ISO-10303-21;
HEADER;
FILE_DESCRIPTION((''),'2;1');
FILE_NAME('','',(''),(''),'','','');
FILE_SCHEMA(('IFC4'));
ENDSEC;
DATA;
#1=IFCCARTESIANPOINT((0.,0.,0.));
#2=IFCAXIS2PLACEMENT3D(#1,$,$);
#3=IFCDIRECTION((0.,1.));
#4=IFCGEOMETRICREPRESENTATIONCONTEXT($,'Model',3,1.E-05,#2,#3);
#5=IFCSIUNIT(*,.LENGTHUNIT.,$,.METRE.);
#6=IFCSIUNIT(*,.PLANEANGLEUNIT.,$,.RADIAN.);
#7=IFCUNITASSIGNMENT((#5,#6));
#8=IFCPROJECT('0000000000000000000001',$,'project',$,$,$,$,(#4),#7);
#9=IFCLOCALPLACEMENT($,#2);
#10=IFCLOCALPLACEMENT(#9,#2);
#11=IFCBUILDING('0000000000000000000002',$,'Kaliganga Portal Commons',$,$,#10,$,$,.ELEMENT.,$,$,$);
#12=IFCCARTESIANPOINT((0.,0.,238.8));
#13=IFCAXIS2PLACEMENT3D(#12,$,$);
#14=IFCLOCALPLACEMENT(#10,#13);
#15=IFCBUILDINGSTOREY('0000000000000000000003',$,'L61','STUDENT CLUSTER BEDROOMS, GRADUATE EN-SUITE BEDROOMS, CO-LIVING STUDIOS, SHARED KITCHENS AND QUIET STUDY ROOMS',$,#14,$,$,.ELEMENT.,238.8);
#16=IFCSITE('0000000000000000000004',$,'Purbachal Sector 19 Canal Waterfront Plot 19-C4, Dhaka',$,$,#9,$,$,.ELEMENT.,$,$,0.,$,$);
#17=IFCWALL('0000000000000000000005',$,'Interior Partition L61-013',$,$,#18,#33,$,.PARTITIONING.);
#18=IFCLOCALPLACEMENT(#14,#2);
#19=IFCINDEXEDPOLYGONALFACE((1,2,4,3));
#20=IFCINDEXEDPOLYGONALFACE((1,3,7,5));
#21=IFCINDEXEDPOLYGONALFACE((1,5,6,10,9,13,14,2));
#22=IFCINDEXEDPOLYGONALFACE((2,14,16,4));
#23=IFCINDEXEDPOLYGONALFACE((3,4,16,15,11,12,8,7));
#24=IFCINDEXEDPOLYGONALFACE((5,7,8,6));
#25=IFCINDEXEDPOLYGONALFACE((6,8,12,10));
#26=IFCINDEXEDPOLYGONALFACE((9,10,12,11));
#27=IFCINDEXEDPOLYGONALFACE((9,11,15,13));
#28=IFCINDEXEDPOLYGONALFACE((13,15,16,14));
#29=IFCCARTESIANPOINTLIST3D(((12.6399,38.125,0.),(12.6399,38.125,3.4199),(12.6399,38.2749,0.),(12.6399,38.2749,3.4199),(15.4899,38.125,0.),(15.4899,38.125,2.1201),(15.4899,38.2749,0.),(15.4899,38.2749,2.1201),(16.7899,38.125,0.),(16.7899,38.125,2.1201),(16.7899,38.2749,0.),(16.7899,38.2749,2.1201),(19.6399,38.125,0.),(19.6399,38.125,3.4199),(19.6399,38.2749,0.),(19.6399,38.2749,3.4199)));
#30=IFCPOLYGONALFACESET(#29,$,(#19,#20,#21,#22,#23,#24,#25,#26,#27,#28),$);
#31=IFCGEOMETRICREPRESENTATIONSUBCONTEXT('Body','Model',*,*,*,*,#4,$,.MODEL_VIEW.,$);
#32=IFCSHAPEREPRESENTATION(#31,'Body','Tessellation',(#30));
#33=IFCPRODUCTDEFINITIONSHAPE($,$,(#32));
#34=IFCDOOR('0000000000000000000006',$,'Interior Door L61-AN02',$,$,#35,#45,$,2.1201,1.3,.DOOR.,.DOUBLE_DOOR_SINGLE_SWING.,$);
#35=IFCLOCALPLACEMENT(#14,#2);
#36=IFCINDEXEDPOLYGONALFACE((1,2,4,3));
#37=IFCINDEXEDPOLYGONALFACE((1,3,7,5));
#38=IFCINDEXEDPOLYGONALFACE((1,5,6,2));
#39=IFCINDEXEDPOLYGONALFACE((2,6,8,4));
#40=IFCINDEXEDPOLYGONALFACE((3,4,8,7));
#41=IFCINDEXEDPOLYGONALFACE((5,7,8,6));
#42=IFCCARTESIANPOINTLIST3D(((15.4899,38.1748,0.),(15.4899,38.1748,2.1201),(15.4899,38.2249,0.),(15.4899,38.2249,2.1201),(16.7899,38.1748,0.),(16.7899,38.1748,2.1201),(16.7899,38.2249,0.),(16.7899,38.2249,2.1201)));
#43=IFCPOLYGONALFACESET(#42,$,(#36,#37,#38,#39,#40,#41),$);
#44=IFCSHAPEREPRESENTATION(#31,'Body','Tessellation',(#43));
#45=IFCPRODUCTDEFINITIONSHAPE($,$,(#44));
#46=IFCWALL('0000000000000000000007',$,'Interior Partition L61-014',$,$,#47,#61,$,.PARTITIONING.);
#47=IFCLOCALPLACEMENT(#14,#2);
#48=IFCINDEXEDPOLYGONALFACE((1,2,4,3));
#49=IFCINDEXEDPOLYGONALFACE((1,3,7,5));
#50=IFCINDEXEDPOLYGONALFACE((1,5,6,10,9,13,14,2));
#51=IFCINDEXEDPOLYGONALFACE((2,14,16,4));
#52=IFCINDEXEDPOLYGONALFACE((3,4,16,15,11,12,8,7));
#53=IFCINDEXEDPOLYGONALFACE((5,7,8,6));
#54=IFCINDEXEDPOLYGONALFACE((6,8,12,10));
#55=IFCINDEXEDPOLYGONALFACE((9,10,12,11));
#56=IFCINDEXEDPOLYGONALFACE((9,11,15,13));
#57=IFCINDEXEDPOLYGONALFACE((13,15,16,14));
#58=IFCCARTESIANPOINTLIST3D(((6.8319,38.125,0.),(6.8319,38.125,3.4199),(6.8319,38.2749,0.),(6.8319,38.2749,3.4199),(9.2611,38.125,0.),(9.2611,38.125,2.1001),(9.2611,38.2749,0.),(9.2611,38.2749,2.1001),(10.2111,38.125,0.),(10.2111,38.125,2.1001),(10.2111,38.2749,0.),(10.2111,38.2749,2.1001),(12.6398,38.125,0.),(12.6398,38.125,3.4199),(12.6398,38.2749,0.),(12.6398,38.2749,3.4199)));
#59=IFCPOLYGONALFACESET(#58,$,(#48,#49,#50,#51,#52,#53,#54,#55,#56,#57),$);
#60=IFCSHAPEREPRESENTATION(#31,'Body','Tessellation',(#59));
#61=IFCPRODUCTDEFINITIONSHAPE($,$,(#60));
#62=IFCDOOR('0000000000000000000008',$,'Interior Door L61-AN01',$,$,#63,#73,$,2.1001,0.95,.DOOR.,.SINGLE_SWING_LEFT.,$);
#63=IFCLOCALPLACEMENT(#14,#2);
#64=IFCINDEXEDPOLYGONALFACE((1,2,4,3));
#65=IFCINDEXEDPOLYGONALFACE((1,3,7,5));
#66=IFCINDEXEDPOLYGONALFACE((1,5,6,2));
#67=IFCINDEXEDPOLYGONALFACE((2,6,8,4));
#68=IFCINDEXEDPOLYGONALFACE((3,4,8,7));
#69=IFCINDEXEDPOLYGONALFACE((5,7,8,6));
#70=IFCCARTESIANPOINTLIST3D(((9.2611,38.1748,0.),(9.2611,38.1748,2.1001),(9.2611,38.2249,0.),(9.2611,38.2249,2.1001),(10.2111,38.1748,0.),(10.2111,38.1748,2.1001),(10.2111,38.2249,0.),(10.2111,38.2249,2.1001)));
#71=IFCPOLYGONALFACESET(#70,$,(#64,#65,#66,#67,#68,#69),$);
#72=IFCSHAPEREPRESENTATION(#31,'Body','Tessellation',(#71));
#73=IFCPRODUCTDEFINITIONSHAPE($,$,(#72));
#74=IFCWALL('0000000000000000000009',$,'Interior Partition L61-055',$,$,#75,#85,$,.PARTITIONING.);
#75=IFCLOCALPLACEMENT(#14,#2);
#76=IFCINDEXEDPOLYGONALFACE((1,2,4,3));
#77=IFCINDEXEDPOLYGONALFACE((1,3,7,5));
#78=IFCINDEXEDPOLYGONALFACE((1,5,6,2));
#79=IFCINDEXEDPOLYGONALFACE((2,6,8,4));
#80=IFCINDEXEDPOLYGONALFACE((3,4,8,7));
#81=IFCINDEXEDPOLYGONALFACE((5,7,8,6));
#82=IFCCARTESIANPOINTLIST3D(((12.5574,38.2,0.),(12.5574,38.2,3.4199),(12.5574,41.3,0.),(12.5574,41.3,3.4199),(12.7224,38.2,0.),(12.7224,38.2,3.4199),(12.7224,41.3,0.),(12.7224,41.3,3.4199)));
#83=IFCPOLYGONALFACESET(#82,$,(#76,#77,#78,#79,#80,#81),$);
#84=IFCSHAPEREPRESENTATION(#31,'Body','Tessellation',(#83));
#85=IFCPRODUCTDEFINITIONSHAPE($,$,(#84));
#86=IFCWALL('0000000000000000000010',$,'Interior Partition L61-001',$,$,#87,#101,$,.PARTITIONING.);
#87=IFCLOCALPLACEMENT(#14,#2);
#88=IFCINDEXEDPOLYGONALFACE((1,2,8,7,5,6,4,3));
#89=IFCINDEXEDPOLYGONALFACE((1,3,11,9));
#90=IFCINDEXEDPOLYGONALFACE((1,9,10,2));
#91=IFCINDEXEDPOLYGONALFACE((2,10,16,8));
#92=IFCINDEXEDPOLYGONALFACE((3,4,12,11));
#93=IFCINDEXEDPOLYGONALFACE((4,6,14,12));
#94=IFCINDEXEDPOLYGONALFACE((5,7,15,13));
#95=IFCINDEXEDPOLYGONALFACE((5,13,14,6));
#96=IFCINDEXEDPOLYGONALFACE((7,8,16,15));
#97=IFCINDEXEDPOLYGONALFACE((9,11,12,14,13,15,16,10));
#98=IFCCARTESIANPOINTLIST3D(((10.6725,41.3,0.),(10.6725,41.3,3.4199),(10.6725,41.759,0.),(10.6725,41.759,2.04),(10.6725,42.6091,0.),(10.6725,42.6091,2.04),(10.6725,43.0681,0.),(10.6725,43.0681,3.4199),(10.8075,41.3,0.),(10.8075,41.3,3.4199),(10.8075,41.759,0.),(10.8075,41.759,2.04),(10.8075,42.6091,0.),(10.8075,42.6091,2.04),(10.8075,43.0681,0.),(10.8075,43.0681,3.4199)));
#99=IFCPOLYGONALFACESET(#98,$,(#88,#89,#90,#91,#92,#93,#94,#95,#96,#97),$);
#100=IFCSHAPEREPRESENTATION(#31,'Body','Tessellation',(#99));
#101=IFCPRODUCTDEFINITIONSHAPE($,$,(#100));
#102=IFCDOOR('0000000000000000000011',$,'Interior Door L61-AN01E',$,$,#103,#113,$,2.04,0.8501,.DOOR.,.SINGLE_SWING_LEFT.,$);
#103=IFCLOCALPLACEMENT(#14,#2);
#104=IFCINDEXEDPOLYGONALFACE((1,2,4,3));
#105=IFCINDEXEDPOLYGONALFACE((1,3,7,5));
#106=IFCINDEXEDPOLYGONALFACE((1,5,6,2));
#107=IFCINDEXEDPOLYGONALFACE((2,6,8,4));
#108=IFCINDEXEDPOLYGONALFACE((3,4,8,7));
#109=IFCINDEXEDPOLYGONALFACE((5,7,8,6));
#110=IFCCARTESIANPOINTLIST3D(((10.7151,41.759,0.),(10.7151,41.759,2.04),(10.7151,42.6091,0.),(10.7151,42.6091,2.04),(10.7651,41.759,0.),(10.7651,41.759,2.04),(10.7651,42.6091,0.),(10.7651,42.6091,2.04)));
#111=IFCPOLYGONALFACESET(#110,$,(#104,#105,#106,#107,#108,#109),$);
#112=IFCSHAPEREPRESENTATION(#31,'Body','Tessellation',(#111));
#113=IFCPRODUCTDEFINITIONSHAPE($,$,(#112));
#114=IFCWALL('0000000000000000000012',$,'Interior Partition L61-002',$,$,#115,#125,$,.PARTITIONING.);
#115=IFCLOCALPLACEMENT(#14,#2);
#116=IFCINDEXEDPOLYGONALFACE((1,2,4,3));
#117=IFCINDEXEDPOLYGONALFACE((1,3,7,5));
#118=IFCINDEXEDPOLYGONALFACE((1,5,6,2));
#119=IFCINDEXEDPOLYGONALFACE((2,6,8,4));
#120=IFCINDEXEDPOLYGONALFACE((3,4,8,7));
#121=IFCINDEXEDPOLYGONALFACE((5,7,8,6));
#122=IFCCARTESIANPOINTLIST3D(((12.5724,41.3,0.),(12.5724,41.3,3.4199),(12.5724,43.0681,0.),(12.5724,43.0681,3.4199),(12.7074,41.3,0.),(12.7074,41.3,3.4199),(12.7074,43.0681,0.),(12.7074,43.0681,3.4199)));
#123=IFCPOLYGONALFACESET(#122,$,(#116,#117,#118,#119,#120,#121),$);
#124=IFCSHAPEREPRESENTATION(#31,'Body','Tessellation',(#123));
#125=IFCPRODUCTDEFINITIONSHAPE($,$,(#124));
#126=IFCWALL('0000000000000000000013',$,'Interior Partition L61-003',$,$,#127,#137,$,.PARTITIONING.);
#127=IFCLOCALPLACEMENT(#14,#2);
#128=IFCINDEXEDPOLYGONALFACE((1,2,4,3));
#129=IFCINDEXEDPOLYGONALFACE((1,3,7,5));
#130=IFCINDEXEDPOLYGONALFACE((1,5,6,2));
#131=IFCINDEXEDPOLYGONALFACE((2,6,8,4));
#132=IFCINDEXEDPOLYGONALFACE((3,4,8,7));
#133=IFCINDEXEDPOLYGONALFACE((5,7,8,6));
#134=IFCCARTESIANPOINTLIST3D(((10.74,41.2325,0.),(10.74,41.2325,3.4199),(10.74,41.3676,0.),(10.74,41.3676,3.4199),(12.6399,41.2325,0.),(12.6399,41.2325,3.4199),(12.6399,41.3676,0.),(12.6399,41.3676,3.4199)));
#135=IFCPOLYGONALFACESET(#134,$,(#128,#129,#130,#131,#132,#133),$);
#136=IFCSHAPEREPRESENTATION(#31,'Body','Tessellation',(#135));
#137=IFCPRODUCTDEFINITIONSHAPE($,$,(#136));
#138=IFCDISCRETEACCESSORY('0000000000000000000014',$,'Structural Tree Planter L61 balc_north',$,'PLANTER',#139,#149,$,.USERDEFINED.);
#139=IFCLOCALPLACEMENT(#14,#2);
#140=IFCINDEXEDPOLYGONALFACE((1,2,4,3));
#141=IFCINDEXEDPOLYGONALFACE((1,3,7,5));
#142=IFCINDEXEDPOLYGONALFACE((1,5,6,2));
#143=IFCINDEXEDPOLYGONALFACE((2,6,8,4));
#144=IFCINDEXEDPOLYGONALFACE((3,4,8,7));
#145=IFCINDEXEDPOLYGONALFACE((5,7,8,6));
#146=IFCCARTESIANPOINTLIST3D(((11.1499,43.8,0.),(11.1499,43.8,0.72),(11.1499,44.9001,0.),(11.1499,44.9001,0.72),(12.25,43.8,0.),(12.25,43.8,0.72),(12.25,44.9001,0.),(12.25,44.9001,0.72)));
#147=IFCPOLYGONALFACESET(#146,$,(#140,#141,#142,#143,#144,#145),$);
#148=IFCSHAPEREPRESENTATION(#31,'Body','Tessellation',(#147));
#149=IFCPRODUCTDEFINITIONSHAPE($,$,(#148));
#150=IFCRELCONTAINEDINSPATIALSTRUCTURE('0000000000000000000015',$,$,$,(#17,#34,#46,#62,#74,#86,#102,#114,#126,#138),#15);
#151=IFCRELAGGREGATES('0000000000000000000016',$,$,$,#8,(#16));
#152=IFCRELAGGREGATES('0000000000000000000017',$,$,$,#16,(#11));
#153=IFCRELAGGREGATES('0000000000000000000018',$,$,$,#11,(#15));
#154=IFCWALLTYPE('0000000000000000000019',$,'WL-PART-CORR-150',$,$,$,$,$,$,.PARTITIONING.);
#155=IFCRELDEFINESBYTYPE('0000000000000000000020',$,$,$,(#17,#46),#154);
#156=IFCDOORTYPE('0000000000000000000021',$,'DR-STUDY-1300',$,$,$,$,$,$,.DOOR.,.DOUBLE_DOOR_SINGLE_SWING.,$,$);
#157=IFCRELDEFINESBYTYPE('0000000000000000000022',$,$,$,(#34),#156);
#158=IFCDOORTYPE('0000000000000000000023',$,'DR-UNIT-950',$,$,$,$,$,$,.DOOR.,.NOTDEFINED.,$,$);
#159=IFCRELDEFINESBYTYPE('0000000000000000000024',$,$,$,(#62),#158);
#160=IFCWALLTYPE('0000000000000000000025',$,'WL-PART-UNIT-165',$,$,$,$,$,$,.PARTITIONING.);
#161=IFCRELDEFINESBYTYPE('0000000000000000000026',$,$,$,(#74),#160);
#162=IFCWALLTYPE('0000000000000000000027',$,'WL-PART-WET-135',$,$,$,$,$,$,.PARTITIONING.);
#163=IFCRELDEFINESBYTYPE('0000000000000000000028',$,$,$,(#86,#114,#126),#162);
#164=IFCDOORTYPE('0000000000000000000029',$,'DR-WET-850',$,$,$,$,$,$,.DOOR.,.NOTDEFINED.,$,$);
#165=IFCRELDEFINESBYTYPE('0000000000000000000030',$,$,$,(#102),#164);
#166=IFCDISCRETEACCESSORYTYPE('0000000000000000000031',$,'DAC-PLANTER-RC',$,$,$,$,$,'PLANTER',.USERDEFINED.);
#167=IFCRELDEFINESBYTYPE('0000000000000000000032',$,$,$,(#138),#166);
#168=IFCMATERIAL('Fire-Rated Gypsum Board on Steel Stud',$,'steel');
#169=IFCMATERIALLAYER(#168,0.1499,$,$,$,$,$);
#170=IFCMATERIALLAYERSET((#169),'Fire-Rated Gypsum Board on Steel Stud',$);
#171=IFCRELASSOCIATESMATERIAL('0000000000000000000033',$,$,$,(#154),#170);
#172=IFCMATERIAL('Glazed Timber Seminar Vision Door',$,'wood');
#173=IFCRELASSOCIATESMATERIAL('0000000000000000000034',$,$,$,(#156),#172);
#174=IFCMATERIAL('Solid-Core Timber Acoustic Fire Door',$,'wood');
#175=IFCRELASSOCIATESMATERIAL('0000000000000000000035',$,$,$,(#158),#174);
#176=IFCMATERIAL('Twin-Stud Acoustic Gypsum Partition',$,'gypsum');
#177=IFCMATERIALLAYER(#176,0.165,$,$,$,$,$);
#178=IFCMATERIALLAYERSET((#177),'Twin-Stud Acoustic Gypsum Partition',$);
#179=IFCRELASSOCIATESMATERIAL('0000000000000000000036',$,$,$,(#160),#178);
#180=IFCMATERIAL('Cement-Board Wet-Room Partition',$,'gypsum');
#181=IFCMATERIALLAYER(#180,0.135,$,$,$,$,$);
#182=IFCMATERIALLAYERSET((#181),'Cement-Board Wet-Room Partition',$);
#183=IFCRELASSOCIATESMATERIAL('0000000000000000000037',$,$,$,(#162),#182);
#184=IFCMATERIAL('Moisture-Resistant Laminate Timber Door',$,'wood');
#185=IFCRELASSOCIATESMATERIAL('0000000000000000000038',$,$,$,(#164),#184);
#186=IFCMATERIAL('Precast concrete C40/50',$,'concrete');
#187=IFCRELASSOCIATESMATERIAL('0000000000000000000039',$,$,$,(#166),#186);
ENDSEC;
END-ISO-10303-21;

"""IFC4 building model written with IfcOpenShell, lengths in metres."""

from ifc_helpers import new_model, si_unit, direction, frame, frame_2d, origin, origin_2d, place, context, subcontext, project, spatial, rectangle, extrude, source, transform, mapped, material, layer, layer_set, type_object, element, fill, save


model = new_model("IFC4")

# Units and contexts
model_context = context("Model", 3, precision=1e-05, world=origin(), true_north=direction((0.0, 1.0)))
body_context = subcontext(model_context, "Body", "Model", "MODEL_VIEW")
ifc_project = project(units=[si_unit("LENGTHUNIT", "METRE"), si_unit("PLANEANGLEUNIT", "RADIAN")], contexts=[model_context])

# Site, building, storey
site_placement = place(None, origin())
site = spatial("IfcSite", under=ifc_project, at=site_placement, Name="Purbachal Sector 19 Canal Waterfront Plot 19-C4, Dhaka", CompositionType="ELEMENT", RefElevation=0.0)
building_placement = place(site_placement, origin())
building = spatial("IfcBuilding", under=site, at=building_placement, Name="Kaliganga Portal Commons", CompositionType="ELEMENT")
storey_placement = place(building_placement, frame((0.0, 0.0, 238.8)))
storey = spatial("IfcBuildingStorey", under=building, at=storey_placement, Name="L61", Description="STUDENT CLUSTER BEDROOMS, GRADUATE EN-SUITE BEDROOMS, CO-LIVING STUDIOS, SHARED KITCHENS AND QUIET STUDY ROOMS", CompositionType="ELEMENT", Elevation=238.8)

# Walls, openings, doors
ifc_material_1 = material(Name="Fire-Rated Gypsum Board on Steel Stud", Category="steel")
ifc_layer_1 = layer(ifc_material_1, 0.1499)
ifc_layer_set_1 = layer_set([ifc_layer_1], Name="Fire-Rated Gypsum Board on Steel Stud")
wall_type_1 = type_object("IfcWallType", Name="WL-PART-CORR-150", PredefinedType="PARTITIONING", material=ifc_layer_set_1)
wall_1_placement = place(storey_placement, frame((12.6399, 38.2, 0.0), z_axis=(0.0, 0.0, 1.0), x_axis=(1.0, 0.0, 0.0)))
wall_1 = element("IfcWall", 1, at=wall_1_placement, inside=storey, type_object=wall_type_1, Name="Interior Partition L61-013", PredefinedType="PARTITIONING", context=body_context, shape_type="SweptSolid", body=[
    extrude(rectangle(XDim=7.0, YDim=0.1499, at=frame_2d((3.5, 0.0))), origin(), (0.0, 0.0, 1.0), 3.4199),
])
opening_1_placement = place(wall_1_placement, frame((2.8501, 0.0, 0.0)))
opening_1 = element("IfcOpeningElement", 2, at=opening_1_placement, cuts=wall_1, PredefinedType="OPENING", context=body_context, shape_type="SweptSolid", body=[
    extrude(rectangle(XDim=1.3, YDim=2.1201, at=frame_2d((0.6499, 1.0601))), frame((0.0, 0.085, 0.0), z_axis=(0.0, -1.0, 0.0), x_axis=(1.0, 0.0, 0.0)), (0.0, 0.0, 1.0), 0.1699),
])
ifc_material_2 = material(Name="Glazed Timber Seminar Vision Door", Category="wood")
door_type_1 = type_object("IfcDoorType", Name="DR-STUDY-1300", OperationType="DOUBLE_DOOR_SINGLE_SWING", PredefinedType="DOOR", material=ifc_material_2)
door_1_placement = place(opening_1_placement, origin())
door_1 = element("IfcDoor", 3, at=door_1_placement, inside=storey, type_object=door_type_1, Name="Interior Door L61-AN02", OperationType="DOUBLE_DOOR_SINGLE_SWING", OverallHeight=2.1201, OverallWidth=1.3, PredefinedType="DOOR", context=body_context, shape_type="SweptSolid", body=[
    extrude(rectangle(XDim=1.3, YDim=2.1201, at=frame_2d((0.6499, 1.0601))), frame((0.0, 0.0249, 0.0), z_axis=(0.0, -1.0, 0.0), x_axis=(1.0, 0.0, 0.0)), (0.0, 0.0, 1.0), 0.05),
])
fill(opening_1, door_1)
wall_2_placement = place(storey_placement, frame((6.832, 38.2, 0.0), z_axis=(0.0, 0.0, 1.0), x_axis=(1.0, 0.0, 0.0)))
wall_2 = element("IfcWall", 4, at=wall_2_placement, inside=storey, type_object=wall_type_1, Name="Interior Partition L61-014", PredefinedType="PARTITIONING", context=body_context, shape_type="SweptSolid", body=[
    extrude(rectangle(XDim=5.8079, YDim=0.1499, at=frame_2d((2.9038, 0.0))), origin(), (0.0, 0.0, 1.0), 3.4199),
])
opening_2_placement = place(wall_2_placement, frame((2.429, 0.0, 0.0)))
opening_2 = element("IfcOpeningElement", 5, at=opening_2_placement, cuts=wall_2, PredefinedType="OPENING", context=body_context, shape_type="SweptSolid", body=[
    extrude(rectangle(XDim=0.95, YDim=2.1001, at=frame_2d((0.4751, 1.05))), frame((0.0, 0.085, 0.0), z_axis=(0.0, -1.0, 0.0), x_axis=(1.0, 0.0, 0.0)), (0.0, 0.0, 1.0), 0.1699),
])
ifc_material_3 = material(Name="Solid-Core Timber Acoustic Fire Door", Category="wood")
door_type_2 = type_object("IfcDoorType", Name="DR-UNIT-950", OperationType="NOTDEFINED", PredefinedType="DOOR", material=ifc_material_3)
door_2_placement = place(opening_2_placement, origin())
door_2 = element("IfcDoor", 6, at=door_2_placement, inside=storey, type_object=door_type_2, Name="Interior Door L61-AN01", OperationType="SINGLE_SWING_LEFT", OverallHeight=2.1001, OverallWidth=0.95, PredefinedType="DOOR", context=body_context, shape_type="SweptSolid", body=[
    extrude(rectangle(XDim=0.95, YDim=2.1001, at=frame_2d((0.4751, 1.05))), frame((0.0, 0.0249, 0.0), z_axis=(0.0, -1.0, 0.0), x_axis=(1.0, 0.0, 0.0)), (0.0, 0.0, 1.0), 0.05),
])
fill(opening_2, door_2)

# Wall
ifc_material_4 = material(Name="Twin-Stud Acoustic Gypsum Partition", Category="gypsum")
ifc_layer_2 = layer(ifc_material_4, 0.165)
ifc_layer_set_2 = layer_set([ifc_layer_2], Name="Twin-Stud Acoustic Gypsum Partition")
wall_type_2 = type_object("IfcWallType", Name="WL-PART-UNIT-165", PredefinedType="PARTITIONING", material=ifc_layer_set_2)
wall_3_placement = place(storey_placement, frame((12.6399, 38.2, 0.0), z_axis=(0.0, 0.0, 1.0), x_axis=(0.0, 1.0, 0.0)))
element("IfcWall", 7, at=wall_3_placement, inside=storey, type_object=wall_type_2, Name="Interior Partition L61-055", PredefinedType="PARTITIONING", context=body_context, shape_type="SweptSolid", body=[
    extrude(rectangle(XDim=3.1001, YDim=0.165, at=frame_2d((1.55, 0.0))), origin(), (0.0, 0.0, 1.0), 3.4199),
])

# Wall, opening, door
ifc_material_5 = material(Name="Cement-Board Wet-Room Partition", Category="gypsum")
ifc_layer_3 = layer(ifc_material_5, 0.135)
ifc_layer_set_3 = layer_set([ifc_layer_3], Name="Cement-Board Wet-Room Partition")
wall_type_3 = type_object("IfcWallType", Name="WL-PART-WET-135", PredefinedType="PARTITIONING", material=ifc_layer_set_3)
wall_4_placement = place(storey_placement, frame((10.74, 41.3, 0.0), z_axis=(0.0, 0.0, 1.0), x_axis=(0.0, 1.0, 0.0)))
wall_4 = element("IfcWall", 8, at=wall_4_placement, inside=storey, type_object=wall_type_3, Name="Interior Partition L61-001", PredefinedType="PARTITIONING", context=body_context, shape_type="SweptSolid", body=[
    extrude(rectangle(XDim=1.7681, YDim=0.135, at=frame_2d((0.884, 0.0))), origin(), (0.0, 0.0, 1.0), 3.4199),
])
opening_3_placement = place(wall_4_placement, frame((0.459, 0.0, 0.0)))
opening_3 = element("IfcOpeningElement", 9, at=opening_3_placement, cuts=wall_4, PredefinedType="OPENING", context=body_context, shape_type="SweptSolid", body=[
    extrude(rectangle(XDim=0.8501, YDim=2.04, at=frame_2d((0.425, 1.02))), frame((0.0, 0.0776, 0.0), z_axis=(0.0, -1.0, 0.0), x_axis=(1.0, 0.0, 0.0)), (0.0, 0.0, 1.0), 0.155),
])
ifc_material_6 = material(Name="Moisture-Resistant Laminate Timber Door", Category="wood")
door_type_3 = type_object("IfcDoorType", Name="DR-WET-850", OperationType="NOTDEFINED", PredefinedType="DOOR", material=ifc_material_6)
door_3_placement = place(opening_3_placement, origin())
door_3 = element("IfcDoor", 10, at=door_3_placement, inside=storey, type_object=door_type_3, Name="Interior Door L61-AN01E", OperationType="SINGLE_SWING_LEFT", OverallHeight=2.04, OverallWidth=0.8501, PredefinedType="DOOR", context=body_context, shape_type="SweptSolid", body=[
    extrude(rectangle(XDim=0.8501, YDim=2.04, at=frame_2d((0.425, 1.02))), frame((0.0, 0.0249, 0.0), z_axis=(0.0, -1.0, 0.0), x_axis=(1.0, 0.0, 0.0)), (0.0, 0.0, 1.0), 0.05),
])
fill(opening_3, door_3)

# Walls
wall_5_placement = place(storey_placement, frame((12.6399, 41.3, 0.0), z_axis=(0.0, 0.0, 1.0), x_axis=(0.0, 1.0, 0.0)))
element("IfcWall", 11, at=wall_5_placement, inside=storey, type_object=wall_type_3, Name="Interior Partition L61-002", PredefinedType="PARTITIONING", context=body_context, shape_type="SweptSolid", body=[
    extrude(rectangle(XDim=1.7681, YDim=0.135, at=frame_2d((0.884, 0.0))), origin(), (0.0, 0.0, 1.0), 3.4199),
])
wall_6_placement = place(storey_placement, frame((10.74, 41.3, 0.0), z_axis=(0.0, 0.0, 1.0), x_axis=(1.0, 0.0, 0.0)))
element("IfcWall", 12, at=wall_6_placement, inside=storey, type_object=wall_type_3, Name="Interior Partition L61-003", PredefinedType="PARTITIONING", context=body_context, shape_type="SweptSolid", body=[
    extrude(rectangle(XDim=1.8999, YDim=0.135, at=frame_2d((0.95, 0.0))), origin(), (0.0, 0.0, 1.0), 3.4199),
])

# Discrete accessory
ifc_material_7 = material(Name="Precast concrete C40/50", Category="concrete")
discrete_accessory_type = type_object("IfcDiscreteAccessoryType", Name="DAC-PLANTER-RC", ElementType="PLANTER", PredefinedType="USERDEFINED", material=ifc_material_7)
shared_shape_1 = source(origin(), body_context, "Body", "SweptSolid", [
    extrude(rectangle(XDim=1.1001, YDim=1.1001, at=origin_2d()), origin(), (0.0, 0.0, 1.0), 0.72),
])
discrete_accessory_placement = place(storey_placement, frame((11.7, 44.3501, 0.0), z_axis=(0.0, 0.0, 1.0), x_axis=(1.0, 0.0, 0.0)))
element("IfcDiscreteAccessory", 13, at=discrete_accessory_placement, inside=storey, type_object=discrete_accessory_type, Name="Structural Tree Planter L61 balc_north", ObjectType="PLANTER", PredefinedType="USERDEFINED", context=body_context, shape_type="MappedRepresentation", body=[
    mapped(shared_shape_1, transform((0.0, 0.0, 0.0), x_axis=(1.0, 0.0, 0.0), y_axis=(0.0, 1.0, 0.0), z_axis=(0.0, 0.0, 1.0), scale=1.0)),
])

save(model, "model.ifc")
